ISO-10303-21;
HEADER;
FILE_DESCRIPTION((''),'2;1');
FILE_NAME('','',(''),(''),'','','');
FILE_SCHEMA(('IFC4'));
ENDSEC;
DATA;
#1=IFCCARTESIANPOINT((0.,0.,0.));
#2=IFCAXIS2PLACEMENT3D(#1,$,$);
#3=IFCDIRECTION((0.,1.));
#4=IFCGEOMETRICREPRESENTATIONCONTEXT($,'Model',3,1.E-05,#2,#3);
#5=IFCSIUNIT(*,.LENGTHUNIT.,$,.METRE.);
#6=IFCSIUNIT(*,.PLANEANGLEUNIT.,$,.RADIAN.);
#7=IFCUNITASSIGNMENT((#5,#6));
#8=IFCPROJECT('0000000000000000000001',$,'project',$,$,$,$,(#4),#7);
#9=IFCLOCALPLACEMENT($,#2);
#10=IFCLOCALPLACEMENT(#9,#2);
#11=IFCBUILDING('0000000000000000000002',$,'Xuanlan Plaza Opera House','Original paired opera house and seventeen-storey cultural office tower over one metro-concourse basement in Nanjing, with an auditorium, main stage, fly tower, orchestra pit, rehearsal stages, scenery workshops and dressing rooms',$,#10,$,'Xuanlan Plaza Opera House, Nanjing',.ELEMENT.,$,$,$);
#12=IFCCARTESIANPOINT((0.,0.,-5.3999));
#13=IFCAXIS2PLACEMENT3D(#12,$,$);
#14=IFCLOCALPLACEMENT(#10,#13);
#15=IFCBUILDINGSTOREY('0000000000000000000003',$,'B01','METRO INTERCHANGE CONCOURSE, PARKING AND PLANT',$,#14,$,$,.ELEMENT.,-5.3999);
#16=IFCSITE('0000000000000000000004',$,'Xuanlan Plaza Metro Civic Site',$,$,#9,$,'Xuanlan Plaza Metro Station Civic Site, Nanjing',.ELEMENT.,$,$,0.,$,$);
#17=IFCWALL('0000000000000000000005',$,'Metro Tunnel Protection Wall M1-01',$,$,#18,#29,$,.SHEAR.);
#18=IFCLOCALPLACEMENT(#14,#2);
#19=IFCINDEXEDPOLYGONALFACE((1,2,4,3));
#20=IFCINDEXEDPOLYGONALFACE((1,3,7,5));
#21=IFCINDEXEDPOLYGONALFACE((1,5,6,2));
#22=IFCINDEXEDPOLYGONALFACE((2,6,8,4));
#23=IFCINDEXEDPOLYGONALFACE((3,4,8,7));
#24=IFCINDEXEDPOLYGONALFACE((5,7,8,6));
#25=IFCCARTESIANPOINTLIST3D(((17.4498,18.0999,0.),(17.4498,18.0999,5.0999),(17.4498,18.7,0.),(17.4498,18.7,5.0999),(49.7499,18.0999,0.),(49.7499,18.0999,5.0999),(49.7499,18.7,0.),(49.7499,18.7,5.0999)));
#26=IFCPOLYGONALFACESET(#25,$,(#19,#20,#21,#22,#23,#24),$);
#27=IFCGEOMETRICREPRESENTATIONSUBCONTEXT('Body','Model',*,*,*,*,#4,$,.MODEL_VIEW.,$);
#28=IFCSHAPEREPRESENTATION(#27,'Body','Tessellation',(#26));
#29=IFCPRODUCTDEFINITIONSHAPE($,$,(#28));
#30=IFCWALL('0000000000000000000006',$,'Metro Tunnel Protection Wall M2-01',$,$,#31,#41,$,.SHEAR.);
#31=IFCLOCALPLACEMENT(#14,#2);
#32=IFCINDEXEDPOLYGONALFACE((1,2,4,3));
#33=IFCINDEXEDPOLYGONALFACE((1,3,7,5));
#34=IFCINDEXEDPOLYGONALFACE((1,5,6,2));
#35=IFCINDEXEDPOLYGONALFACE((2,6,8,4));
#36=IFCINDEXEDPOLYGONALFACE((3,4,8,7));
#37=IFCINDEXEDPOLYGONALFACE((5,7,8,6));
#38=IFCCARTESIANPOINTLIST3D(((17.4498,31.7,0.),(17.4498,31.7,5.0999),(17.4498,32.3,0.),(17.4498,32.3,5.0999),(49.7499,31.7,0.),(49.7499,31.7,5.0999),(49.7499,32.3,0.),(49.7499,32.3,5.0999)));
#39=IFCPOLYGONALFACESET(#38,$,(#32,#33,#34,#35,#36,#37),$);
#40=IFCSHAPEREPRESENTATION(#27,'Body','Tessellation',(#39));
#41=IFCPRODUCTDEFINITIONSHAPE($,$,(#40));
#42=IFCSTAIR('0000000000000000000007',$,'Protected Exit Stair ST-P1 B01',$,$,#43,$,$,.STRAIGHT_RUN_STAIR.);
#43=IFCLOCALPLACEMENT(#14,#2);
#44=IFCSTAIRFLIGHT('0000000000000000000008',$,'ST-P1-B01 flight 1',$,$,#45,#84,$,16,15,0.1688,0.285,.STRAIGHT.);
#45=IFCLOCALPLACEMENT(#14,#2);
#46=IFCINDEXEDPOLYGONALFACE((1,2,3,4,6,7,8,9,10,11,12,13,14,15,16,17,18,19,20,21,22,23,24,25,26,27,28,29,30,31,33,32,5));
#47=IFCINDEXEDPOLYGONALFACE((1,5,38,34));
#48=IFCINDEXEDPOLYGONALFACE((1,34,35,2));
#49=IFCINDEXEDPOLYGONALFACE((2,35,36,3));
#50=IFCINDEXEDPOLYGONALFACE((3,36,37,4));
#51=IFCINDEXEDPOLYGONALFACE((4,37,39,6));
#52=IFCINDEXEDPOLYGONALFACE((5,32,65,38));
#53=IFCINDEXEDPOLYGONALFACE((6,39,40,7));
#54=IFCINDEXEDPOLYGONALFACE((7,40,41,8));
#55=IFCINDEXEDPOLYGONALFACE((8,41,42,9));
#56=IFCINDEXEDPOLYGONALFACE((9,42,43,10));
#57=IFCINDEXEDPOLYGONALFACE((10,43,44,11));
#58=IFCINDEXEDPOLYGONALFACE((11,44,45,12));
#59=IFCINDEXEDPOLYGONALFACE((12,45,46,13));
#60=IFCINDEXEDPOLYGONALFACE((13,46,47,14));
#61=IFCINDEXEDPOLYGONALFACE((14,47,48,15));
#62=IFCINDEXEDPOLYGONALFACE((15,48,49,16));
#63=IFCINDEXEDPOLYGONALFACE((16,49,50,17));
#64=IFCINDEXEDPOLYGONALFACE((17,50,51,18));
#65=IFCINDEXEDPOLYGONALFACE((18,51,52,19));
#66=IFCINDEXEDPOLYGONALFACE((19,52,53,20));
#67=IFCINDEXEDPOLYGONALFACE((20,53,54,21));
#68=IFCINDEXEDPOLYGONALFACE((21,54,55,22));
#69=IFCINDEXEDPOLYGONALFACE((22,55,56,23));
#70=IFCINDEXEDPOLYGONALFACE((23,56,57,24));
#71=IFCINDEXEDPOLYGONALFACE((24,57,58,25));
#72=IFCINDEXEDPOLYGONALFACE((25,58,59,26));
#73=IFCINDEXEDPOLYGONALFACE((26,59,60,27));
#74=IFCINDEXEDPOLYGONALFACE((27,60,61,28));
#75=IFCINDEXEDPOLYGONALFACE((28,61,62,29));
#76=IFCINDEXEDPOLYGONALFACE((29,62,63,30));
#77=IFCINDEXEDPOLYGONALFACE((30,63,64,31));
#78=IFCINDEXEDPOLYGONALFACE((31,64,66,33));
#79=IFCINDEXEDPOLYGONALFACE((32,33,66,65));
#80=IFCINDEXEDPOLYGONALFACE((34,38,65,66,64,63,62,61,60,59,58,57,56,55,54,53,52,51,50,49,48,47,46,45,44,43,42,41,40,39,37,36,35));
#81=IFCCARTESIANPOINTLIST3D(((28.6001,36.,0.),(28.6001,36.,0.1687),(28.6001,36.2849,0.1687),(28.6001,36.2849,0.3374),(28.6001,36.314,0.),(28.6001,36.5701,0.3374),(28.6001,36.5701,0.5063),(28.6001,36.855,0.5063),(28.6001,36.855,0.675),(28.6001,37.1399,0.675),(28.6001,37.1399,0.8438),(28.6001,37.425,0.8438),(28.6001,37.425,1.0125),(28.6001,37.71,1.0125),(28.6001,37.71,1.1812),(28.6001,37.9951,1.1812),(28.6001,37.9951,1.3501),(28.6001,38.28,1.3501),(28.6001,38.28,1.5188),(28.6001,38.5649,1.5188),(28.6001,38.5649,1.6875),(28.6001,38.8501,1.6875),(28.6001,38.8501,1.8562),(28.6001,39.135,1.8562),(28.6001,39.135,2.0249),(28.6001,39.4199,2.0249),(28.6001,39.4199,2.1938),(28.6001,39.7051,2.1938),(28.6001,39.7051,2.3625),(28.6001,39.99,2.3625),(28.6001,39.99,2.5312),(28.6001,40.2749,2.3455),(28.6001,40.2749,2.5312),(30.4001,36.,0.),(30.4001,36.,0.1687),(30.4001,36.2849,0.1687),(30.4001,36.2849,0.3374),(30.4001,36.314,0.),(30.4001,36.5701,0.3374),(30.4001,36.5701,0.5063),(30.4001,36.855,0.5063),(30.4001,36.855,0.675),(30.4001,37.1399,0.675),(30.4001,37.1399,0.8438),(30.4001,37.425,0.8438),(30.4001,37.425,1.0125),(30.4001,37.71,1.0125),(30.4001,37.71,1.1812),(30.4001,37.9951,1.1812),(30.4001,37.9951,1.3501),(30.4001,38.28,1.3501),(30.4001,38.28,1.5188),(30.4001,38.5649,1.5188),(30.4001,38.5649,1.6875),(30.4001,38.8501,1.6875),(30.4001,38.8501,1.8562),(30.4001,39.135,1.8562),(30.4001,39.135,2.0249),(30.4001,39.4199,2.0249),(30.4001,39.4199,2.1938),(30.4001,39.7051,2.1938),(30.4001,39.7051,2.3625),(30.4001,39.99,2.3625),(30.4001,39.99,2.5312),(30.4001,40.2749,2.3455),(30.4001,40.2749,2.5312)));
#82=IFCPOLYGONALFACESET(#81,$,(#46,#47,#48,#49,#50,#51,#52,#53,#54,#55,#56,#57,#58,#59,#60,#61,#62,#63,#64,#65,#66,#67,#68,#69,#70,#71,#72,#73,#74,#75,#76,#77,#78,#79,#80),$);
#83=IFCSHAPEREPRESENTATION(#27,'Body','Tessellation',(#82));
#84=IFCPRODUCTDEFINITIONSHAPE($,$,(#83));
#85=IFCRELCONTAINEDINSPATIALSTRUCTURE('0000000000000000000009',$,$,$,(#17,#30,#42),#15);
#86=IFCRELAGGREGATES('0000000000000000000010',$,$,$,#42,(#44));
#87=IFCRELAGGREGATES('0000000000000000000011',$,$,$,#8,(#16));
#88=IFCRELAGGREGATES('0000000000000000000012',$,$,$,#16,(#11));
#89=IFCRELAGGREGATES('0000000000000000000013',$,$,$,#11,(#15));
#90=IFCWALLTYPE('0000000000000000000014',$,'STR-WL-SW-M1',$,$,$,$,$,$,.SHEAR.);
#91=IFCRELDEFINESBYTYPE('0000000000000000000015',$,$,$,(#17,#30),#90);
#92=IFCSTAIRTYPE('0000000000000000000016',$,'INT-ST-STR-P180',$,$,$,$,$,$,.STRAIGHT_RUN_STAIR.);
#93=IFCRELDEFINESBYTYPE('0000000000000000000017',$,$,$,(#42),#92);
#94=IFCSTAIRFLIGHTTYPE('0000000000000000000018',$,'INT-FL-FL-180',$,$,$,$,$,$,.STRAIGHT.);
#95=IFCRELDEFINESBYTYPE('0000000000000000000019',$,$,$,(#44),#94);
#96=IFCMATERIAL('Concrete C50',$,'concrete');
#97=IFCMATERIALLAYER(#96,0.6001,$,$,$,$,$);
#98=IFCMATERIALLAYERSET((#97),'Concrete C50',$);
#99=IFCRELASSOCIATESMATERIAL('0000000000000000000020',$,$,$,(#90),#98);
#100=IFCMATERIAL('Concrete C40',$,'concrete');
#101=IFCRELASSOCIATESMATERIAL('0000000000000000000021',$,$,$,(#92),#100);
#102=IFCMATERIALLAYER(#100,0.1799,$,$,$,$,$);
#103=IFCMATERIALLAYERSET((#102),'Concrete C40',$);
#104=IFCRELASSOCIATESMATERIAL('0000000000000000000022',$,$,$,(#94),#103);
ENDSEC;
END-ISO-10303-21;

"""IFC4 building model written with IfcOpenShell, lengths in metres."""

from ifc_helpers import new_model, si_unit, direction, frame, frame_2d, origin, place, context, subcontext, project, spatial, polyline, rectangle, outline, extrude, material, layer, layer_set, type_object, element, aggregate, save


model = new_model("IFC4")

# Units and contexts
model_context = context("Model", 3, precision=1e-05, world=origin(), true_north=direction((0.0, 1.0)))
body_context = subcontext(model_context, "Body", "Model", "MODEL_VIEW")
ifc_project = project(units=[si_unit("LENGTHUNIT", "METRE"), si_unit("PLANEANGLEUNIT", "RADIAN")], contexts=[model_context])

# Site, building, storey
site_placement = place(None, origin())
site = spatial("IfcSite", under=ifc_project, at=site_placement, Name="Xuanlan Plaza Metro Civic Site", LongName="Xuanlan Plaza Metro Station Civic Site, Nanjing", CompositionType="ELEMENT", RefElevation=0.0)
building_placement = place(site_placement, origin())
building = spatial("IfcBuilding", under=site, at=building_placement, Name="Xuanlan Plaza Opera House", Description="Original paired opera house and seventeen-storey cultural office tower over one metro-concourse basement in Nanjing, with an auditorium, main stage, fly tower, orchestra pit, rehearsal stages, scenery workshops and dressing rooms", LongName="Xuanlan Plaza Opera House, Nanjing", CompositionType="ELEMENT")
storey_placement = place(building_placement, frame((0.0, 0.0, -5.3999)))
storey = spatial("IfcBuildingStorey", under=building, at=storey_placement, Name="B01", Description="METRO INTERCHANGE CONCOURSE, PARKING AND PLANT", CompositionType="ELEMENT", Elevation=-5.3999)

# Shared definitions
ifc_material_1 = material(Name="Concrete C50", Category="concrete")

# Shared definitions
ifc_material_2 = material(Name="Concrete C40", Category="concrete")

# Walls
ifc_layer_1 = layer(ifc_material_1, 0.6001)
ifc_layer_set_1 = layer_set([ifc_layer_1], Name="Concrete C50")
wall_type_1 = type_object("IfcWallType", Name="STR-WL-SW-M1", PredefinedType="SHEAR", material=ifc_layer_set_1)
for number, where, z_axis, x_axis, name in (
    (1, (17.45, 18.3999, 0.0), (0.0, 0.0, 1.0), (1.0, 0.0, 0.0), "Metro Tunnel Protection Wall M1-01"),
    (2, (17.45, 32.0, 0.0), (0.0, 0.0, 1.0), (1.0, 0.0, 0.0), "Metro Tunnel Protection Wall M2-01"),
):
    element("IfcWall", number, at=place(storey_placement, frame(where, z_axis=z_axis, x_axis=x_axis)), inside=storey, type_object=wall_type_1, Name=name, PredefinedType="SHEAR", context=body_context, shape_type="SweptSolid", body=[
        extrude(rectangle(XDim=32.3, YDim=0.6001, at=frame_2d((16.1499, 0.0))), origin(), (0.0, 0.0, 1.0), 5.0999),
    ])

# Stair, stair flight
stair_type = type_object("IfcStairType", Name="INT-ST-STR-P180", PredefinedType="STRAIGHT_RUN_STAIR", material=ifc_material_2)
stair_placement = place(storey_placement, origin())
stair = element("IfcStair", 3, at=stair_placement, inside=storey, type_object=stair_type, Name="Protected Exit Stair ST-P1 B01", PredefinedType="STRAIGHT_RUN_STAIR")
ifc_layer_2 = layer(ifc_material_2, 0.1799)
ifc_layer_set_2 = layer_set([ifc_layer_2], Name="Concrete C40")
stair_flight_type = type_object("IfcStairFlightType", Name="INT-FL-FL-180", PredefinedType="STRAIGHT", material=ifc_layer_set_2)
stair_flight_placement = place(storey_placement, frame((29.5, 36.0, 0.0), z_axis=(0.0, 0.0, 1.0), x_axis=(0.0, 1.0, 0.0)))
stair_flight = element("IfcStairFlight", 4, at=stair_flight_placement, type_object=stair_flight_type, Name="ST-P1-B01 flight 1", NumberOfRisers=16, NumberOfTreads=15, PredefinedType="STRAIGHT", RiserHeight=0.1688, TreadLength=0.285, context=body_context, shape_type="SweptSolid", body=[
    extrude(outline(polyline([(0.0, 0.0), (0.0, 0.1687), (0.2849, 0.1687), (0.2849, 0.3374), (0.5701, 0.3374), (0.5701, 0.5063), (0.855, 0.5063), (0.855, 0.675), (1.1399, 0.675), (1.1399, 0.8438), (1.425, 0.8438), (1.425, 1.0125), (1.71, 1.0125), (1.71, 1.1812), (1.9951, 1.1812), (1.9951, 1.3501), (2.28, 1.3501), (2.28, 1.5188), (2.5649, 1.5188), (2.5649, 1.6875), (2.8501, 1.6875), (2.8501, 1.8562), (3.135, 1.8562), (3.135, 2.0249), (3.4199, 2.0249), (3.4199, 2.1938), (3.7051, 2.1938), (3.7051, 2.3625), (3.99, 2.3625), (3.99, 2.5312), (4.2749, 2.5312), (4.2749, 2.7), (4.2749, 2.3455), (0.314, 0.0), (0.0, 0.0)])), frame((0.0, 0.8999, 0.0), z_axis=(0.0, -1.0, 0.0), x_axis=(1.0, 0.0, 0.0)), (0.0, 0.0, 1.0), 1.8),
])
aggregate(stair, [stair_flight])

save(model, "model.ifc")
